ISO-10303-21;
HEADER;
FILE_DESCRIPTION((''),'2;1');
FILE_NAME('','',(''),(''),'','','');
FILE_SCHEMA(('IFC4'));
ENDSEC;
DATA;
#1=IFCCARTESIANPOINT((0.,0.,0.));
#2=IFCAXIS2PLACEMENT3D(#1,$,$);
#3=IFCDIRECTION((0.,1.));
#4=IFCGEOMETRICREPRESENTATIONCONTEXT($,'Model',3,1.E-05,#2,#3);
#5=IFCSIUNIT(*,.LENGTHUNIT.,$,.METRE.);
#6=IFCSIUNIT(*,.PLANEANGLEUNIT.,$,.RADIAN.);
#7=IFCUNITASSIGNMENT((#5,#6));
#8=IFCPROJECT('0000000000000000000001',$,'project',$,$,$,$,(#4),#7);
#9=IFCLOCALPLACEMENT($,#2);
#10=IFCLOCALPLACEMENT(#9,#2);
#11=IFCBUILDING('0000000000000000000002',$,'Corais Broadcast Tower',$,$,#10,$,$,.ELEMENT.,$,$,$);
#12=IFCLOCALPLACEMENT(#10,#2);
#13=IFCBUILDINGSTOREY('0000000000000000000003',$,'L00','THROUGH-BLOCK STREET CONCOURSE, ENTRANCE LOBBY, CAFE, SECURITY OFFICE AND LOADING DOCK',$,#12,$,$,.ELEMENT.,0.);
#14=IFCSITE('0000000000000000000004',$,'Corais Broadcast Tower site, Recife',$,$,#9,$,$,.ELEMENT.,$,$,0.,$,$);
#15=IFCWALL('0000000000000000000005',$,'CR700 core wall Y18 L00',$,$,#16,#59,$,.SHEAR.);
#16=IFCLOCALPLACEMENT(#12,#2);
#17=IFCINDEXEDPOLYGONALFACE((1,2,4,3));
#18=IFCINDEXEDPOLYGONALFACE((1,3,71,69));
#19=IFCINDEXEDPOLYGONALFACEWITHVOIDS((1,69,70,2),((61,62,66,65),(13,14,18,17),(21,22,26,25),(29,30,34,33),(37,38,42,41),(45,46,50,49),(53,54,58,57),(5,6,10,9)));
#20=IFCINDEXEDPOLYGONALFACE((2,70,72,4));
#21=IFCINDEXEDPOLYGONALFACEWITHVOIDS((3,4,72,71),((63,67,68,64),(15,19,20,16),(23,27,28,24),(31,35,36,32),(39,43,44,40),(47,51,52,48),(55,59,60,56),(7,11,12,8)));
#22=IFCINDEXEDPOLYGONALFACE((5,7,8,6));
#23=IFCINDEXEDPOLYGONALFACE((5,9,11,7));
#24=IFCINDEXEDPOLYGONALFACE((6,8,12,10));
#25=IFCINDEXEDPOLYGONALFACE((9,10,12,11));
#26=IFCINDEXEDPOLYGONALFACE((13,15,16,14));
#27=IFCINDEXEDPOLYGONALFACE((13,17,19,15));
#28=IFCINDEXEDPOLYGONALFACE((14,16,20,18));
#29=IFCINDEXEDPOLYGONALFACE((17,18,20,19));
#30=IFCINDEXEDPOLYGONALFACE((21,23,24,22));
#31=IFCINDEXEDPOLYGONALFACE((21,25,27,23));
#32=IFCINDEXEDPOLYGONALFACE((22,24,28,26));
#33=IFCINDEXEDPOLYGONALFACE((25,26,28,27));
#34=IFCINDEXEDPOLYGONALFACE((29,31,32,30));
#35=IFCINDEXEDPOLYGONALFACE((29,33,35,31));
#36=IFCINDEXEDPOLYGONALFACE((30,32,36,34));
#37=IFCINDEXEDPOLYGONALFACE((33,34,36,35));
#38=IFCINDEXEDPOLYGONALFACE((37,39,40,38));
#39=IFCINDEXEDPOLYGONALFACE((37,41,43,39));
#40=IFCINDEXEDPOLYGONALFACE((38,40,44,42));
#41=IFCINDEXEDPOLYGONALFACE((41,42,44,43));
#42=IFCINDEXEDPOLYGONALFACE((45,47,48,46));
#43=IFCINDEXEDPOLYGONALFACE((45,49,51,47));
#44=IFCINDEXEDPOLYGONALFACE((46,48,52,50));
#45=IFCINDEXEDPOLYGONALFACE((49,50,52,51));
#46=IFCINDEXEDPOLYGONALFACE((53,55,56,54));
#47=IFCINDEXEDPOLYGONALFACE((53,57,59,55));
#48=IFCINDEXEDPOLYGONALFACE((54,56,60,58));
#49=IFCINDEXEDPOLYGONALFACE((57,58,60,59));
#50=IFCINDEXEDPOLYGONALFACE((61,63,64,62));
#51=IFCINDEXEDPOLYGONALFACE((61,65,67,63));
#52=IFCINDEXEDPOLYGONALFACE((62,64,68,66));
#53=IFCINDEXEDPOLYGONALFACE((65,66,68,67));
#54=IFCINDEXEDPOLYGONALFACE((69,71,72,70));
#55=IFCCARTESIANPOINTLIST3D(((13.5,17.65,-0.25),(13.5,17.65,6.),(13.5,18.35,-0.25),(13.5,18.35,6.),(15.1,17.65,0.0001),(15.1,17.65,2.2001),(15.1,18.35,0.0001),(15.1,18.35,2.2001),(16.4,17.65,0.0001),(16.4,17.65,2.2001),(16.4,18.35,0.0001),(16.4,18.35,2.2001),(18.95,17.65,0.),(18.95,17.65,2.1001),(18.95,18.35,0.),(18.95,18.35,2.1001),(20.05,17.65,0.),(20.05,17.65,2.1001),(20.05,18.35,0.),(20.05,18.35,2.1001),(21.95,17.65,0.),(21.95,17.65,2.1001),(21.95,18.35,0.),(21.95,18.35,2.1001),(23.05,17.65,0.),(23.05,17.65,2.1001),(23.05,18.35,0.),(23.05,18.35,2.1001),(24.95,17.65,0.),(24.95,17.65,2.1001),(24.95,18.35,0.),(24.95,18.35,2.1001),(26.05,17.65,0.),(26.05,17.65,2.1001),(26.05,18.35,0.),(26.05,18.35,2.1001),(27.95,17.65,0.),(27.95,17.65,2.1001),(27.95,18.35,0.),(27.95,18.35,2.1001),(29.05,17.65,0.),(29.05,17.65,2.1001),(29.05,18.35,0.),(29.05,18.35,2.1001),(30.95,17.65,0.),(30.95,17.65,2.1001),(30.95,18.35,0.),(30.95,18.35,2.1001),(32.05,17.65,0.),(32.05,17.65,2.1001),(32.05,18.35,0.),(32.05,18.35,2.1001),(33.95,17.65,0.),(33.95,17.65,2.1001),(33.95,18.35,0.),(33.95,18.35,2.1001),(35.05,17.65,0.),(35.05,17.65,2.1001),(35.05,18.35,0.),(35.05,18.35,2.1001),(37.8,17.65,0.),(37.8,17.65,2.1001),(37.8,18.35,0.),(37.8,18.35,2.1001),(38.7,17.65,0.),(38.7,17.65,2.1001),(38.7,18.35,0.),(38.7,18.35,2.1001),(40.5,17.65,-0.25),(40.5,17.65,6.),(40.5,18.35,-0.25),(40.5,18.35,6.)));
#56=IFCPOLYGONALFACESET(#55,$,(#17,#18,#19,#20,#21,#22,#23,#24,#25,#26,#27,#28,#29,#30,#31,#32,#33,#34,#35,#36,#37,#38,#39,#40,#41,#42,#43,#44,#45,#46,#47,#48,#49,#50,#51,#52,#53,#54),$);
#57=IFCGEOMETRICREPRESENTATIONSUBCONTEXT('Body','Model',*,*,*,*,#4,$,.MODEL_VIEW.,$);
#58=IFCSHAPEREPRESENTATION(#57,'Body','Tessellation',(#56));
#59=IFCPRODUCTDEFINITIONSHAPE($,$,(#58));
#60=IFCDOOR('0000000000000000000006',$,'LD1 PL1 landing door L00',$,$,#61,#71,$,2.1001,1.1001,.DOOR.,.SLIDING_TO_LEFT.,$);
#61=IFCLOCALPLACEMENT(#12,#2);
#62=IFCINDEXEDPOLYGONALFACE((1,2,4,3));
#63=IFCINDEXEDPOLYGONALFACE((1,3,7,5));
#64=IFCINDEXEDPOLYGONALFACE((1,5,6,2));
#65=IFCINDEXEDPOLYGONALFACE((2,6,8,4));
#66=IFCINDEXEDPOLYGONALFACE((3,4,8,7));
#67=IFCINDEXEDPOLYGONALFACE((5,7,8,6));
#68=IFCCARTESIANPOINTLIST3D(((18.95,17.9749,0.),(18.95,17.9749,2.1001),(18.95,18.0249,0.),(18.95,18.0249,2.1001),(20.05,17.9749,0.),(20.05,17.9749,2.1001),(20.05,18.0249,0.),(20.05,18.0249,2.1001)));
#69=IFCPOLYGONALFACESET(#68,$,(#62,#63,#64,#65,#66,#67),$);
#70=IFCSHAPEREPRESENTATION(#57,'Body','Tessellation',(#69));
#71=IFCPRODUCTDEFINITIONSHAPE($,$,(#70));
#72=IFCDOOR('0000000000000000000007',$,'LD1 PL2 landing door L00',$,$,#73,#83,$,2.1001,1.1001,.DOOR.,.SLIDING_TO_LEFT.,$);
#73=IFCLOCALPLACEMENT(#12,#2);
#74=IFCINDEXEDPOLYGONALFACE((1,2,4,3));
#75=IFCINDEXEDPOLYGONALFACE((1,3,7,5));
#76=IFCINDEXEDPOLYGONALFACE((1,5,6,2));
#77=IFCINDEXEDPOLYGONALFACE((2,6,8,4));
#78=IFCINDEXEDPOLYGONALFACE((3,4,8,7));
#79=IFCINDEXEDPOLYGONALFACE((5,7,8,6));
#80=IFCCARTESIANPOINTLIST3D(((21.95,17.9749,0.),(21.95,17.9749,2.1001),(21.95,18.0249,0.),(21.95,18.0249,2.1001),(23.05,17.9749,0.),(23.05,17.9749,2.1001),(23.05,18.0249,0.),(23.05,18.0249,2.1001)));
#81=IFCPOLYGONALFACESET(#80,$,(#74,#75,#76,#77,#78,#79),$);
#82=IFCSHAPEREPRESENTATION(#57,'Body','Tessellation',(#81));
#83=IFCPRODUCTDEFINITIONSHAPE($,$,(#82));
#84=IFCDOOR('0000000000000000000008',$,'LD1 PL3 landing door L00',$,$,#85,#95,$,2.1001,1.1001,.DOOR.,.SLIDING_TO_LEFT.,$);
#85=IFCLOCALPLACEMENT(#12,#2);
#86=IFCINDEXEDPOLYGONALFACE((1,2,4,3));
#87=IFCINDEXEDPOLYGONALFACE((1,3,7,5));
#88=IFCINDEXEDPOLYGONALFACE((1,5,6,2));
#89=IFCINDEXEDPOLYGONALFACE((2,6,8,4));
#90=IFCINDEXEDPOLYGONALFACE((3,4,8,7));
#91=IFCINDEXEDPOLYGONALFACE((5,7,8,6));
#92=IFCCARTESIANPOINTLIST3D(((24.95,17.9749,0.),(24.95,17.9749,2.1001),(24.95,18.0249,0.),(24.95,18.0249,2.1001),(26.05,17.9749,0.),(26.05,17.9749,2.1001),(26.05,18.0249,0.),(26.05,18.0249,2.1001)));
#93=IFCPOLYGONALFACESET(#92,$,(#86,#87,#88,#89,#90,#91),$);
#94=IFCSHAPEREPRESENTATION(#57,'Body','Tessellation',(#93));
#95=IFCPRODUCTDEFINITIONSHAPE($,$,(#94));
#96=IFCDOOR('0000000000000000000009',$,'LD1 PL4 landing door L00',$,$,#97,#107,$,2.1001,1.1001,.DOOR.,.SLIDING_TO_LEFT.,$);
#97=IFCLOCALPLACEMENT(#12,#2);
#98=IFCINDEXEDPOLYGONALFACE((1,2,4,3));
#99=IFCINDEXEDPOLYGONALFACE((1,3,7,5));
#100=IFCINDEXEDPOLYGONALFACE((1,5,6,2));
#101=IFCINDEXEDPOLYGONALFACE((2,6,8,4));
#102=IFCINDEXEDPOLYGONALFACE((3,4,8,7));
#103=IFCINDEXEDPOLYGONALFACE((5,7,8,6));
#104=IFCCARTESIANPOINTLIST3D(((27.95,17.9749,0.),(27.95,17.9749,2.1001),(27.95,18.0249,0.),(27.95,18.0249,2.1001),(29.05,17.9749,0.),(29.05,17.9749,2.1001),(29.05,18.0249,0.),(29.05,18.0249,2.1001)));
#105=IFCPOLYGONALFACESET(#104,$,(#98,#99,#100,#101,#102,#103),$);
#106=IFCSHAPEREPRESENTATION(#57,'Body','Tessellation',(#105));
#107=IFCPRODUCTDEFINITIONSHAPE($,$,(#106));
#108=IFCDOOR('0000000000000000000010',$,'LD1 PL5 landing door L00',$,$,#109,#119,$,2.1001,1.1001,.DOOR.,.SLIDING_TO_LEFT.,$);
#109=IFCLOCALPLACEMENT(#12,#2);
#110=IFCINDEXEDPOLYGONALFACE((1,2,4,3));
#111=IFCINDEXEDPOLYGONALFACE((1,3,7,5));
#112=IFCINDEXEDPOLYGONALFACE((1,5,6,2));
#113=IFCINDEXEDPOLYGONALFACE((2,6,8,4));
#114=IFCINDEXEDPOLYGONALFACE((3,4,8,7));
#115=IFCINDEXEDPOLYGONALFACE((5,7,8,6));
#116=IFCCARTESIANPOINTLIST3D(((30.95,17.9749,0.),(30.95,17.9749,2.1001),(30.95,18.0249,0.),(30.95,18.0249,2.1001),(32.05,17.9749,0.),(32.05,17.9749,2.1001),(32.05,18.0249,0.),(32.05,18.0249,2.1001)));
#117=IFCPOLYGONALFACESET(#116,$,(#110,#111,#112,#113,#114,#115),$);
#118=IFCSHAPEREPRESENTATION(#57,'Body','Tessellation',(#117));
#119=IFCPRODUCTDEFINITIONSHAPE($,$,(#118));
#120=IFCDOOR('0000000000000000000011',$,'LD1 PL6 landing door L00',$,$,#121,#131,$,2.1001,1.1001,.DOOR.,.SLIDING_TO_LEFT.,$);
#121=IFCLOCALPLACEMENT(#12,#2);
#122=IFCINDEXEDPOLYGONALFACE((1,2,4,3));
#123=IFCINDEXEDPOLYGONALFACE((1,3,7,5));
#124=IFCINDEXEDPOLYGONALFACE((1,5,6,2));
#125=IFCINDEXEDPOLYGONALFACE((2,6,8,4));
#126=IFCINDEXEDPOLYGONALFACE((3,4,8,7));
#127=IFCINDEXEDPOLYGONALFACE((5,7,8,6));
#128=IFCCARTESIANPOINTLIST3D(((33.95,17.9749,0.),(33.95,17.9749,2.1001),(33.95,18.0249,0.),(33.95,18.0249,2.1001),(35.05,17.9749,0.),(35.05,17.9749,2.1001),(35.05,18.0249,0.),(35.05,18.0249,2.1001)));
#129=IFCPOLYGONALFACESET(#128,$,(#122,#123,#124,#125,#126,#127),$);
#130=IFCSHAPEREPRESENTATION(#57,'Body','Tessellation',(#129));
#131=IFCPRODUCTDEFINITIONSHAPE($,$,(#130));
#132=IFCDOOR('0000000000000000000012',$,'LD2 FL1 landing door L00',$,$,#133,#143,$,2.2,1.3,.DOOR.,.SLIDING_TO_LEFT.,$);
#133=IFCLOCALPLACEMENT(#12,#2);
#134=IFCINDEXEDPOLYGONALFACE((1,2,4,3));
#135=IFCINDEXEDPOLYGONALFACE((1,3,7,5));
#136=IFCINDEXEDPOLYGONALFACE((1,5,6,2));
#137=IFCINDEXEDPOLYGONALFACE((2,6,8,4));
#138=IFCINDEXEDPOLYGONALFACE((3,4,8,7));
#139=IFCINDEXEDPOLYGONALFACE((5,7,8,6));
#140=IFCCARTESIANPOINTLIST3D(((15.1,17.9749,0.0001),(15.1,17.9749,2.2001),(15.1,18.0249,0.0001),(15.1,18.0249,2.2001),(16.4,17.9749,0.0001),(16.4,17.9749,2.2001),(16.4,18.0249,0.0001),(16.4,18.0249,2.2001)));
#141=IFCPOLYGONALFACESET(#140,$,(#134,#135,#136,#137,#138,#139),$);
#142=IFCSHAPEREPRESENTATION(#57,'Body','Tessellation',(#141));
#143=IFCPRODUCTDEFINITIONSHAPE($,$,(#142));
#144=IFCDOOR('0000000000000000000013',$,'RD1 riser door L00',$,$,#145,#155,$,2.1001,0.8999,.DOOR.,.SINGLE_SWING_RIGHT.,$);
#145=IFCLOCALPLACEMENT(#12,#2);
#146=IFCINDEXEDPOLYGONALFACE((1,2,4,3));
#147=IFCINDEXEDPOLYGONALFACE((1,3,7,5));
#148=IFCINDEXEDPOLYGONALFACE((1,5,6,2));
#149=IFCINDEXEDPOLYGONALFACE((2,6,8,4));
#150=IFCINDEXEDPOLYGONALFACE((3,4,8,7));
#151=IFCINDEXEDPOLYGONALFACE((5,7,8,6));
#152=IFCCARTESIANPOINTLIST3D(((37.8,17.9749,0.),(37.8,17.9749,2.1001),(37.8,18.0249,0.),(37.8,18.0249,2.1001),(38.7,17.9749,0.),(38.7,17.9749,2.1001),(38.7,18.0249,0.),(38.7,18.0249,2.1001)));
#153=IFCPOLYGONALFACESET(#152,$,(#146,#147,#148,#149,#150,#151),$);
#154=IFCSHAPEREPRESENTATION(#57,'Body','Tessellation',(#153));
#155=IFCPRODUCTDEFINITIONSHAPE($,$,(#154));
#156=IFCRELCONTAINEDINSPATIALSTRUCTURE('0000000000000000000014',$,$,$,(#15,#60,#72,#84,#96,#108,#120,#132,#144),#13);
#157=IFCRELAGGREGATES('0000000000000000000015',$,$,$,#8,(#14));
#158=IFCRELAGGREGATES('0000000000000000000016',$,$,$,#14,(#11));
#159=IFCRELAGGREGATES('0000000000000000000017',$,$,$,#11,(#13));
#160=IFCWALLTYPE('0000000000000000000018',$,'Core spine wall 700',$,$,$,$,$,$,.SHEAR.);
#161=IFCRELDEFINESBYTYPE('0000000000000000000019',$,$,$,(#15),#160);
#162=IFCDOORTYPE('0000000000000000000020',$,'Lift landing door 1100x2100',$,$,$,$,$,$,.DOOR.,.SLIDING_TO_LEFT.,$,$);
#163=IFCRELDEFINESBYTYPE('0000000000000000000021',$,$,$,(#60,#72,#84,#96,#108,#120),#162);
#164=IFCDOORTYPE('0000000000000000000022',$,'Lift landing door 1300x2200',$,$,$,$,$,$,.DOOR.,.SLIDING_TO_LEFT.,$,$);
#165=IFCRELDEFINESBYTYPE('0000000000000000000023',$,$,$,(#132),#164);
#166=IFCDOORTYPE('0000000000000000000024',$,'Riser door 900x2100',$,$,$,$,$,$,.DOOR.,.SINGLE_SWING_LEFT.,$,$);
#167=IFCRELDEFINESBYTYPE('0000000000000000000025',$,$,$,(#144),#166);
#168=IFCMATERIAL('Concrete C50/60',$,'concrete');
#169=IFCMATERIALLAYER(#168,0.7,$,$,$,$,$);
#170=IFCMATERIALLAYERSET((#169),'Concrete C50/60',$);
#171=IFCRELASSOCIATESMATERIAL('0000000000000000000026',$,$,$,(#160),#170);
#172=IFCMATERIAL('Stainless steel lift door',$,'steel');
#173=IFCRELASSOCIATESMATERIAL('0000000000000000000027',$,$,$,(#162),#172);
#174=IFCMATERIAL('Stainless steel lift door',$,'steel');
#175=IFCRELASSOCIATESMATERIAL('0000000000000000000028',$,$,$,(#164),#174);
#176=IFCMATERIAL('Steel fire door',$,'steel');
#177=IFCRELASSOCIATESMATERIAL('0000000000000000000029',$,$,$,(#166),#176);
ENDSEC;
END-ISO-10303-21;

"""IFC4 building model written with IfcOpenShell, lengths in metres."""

from ifc_helpers import new_model, si_unit, direction, frame, frame_2d, origin, place, context, subcontext, project, spatial, rectangle, extrude, material, layer, layer_set, type_object, element, fill, save


model = new_model("IFC4")

# Units and contexts
model_context = context("Model", 3, precision=1e-05, world=origin(), true_north=direction((0.0, 1.0)))
body_context = subcontext(model_context, "Body", "Model", "MODEL_VIEW")
ifc_project = project(units=[si_unit("LENGTHUNIT", "METRE"), si_unit("PLANEANGLEUNIT", "RADIAN")], contexts=[model_context])

# Site, building, storey
site_placement = place(None, origin())
site = spatial("IfcSite", under=ifc_project, at=site_placement, Name="Corais Broadcast Tower site, Recife", CompositionType="ELEMENT", RefElevation=0.0)
building_placement = place(site_placement, origin())
building = spatial("IfcBuilding", under=site, at=building_placement, Name="Corais Broadcast Tower", CompositionType="ELEMENT")
storey_placement = place(building_placement, origin())
storey = spatial("IfcBuildingStorey", under=building, at=storey_placement, Name="L00", Description="THROUGH-BLOCK STREET CONCOURSE, ENTRANCE LOBBY, CAFE, SECURITY OFFICE AND LOADING DOCK", CompositionType="ELEMENT", Elevation=0.0)

# Wall, openings, doors
ifc_material_1 = material(Name="Concrete C50/60", Category="concrete")
ifc_layer_1 = layer(ifc_material_1, 0.7)
ifc_layer_set_1 = layer_set([ifc_layer_1], Name="Concrete C50/60")
wall_type_1 = type_object("IfcWallType", Name="Core spine wall 700", PredefinedType="SHEAR", material=ifc_layer_set_1)
wall_1_placement = place(storey_placement, frame((13.5, 18.0, -0.25), z_axis=(0.0, 0.0, 1.0), x_axis=(1.0, 0.0, 0.0)))
wall_1 = element("IfcWall", 1, at=wall_1_placement, inside=storey, type_object=wall_type_1, Name="CR700 core wall Y18 L00", PredefinedType="SHEAR", context=body_context, shape_type="SweptSolid", body=[
    extrude(rectangle(XDim=27.0, YDim=0.7, at=frame_2d((13.5, 0.0))), origin(), (0.0, 0.0, 1.0), 6.25),
])
opening_1_placement = place(wall_1_placement, frame((24.3, 0.0, 0.25)))
opening_1 = element("IfcOpeningElement", 2, at=opening_1_placement, cuts=wall_1, PredefinedType="OPENING", context=body_context, shape_type="SweptSolid", body=[
    extrude(rectangle(XDim=0.8999, YDim=2.1001, at=frame_2d((0.45, 1.05))), frame((0.0, 0.3599, 0.0), z_axis=(0.0, -1.0, 0.0), x_axis=(1.0, 0.0, 0.0)), (0.0, 0.0, 1.0), 0.72),
])
opening_2_placement = place(wall_1_placement, frame((5.45, 0.0, 0.25)))
opening_2 = element("IfcOpeningElement", 3, at=opening_2_placement, cuts=wall_1, PredefinedType="OPENING", context=body_context, shape_type="SweptSolid", body=[
    extrude(rectangle(XDim=1.1001, YDim=2.1001, at=frame_2d((0.55, 1.05))), frame((0.0, 0.3599, 0.0), z_axis=(0.0, -1.0, 0.0), x_axis=(1.0, 0.0, 0.0)), (0.0, 0.0, 1.0), 0.72),
])
opening_3_placement = place(wall_1_placement, frame((8.45, 0.0, 0.25)))
opening_3 = element("IfcOpeningElement", 4, at=opening_3_placement, cuts=wall_1, PredefinedType="OPENING", context=body_context, shape_type="SweptSolid", body=[
    extrude(rectangle(XDim=1.1001, YDim=2.1001, at=frame_2d((0.55, 1.05))), frame((0.0, 0.3599, 0.0), z_axis=(0.0, -1.0, 0.0), x_axis=(1.0, 0.0, 0.0)), (0.0, 0.0, 1.0), 0.72),
])
opening_4_placement = place(wall_1_placement, frame((11.45, 0.0, 0.25)))
opening_4 = element("IfcOpeningElement", 5, at=opening_4_placement, cuts=wall_1, PredefinedType="OPENING", context=body_context, shape_type="SweptSolid", body=[
    extrude(rectangle(XDim=1.1001, YDim=2.1001, at=frame_2d((0.55, 1.05))), frame((0.0, 0.3599, 0.0), z_axis=(0.0, -1.0, 0.0), x_axis=(1.0, 0.0, 0.0)), (0.0, 0.0, 1.0), 0.72),
])
opening_5_placement = place(wall_1_placement, frame((14.45, 0.0, 0.25)))
opening_5 = element("IfcOpeningElement", 6, at=opening_5_placement, cuts=wall_1, PredefinedType="OPENING", context=body_context, shape_type="SweptSolid", body=[
    extrude(rectangle(XDim=1.1001, YDim=2.1001, at=frame_2d((0.55, 1.05))), frame((0.0, 0.3599, 0.0), z_axis=(0.0, -1.0, 0.0), x_axis=(1.0, 0.0, 0.0)), (0.0, 0.0, 1.0), 0.72),
])
opening_6_placement = place(wall_1_placement, frame((17.45, 0.0, 0.25)))
opening_6 = element("IfcOpeningElement", 7, at=opening_6_placement, cuts=wall_1, PredefinedType="OPENING", context=body_context, shape_type="SweptSolid", body=[
    extrude(rectangle(XDim=1.1001, YDim=2.1001, at=frame_2d((0.55, 1.05))), frame((0.0, 0.3599, 0.0), z_axis=(0.0, -1.0, 0.0), x_axis=(1.0, 0.0, 0.0)), (0.0, 0.0, 1.0), 0.72),
])
opening_7_placement = place(wall_1_placement, frame((20.45, 0.0, 0.25)))
opening_7 = element("IfcOpeningElement", 8, at=opening_7_placement, cuts=wall_1, PredefinedType="OPENING", context=body_context, shape_type="SweptSolid", body=[
    extrude(rectangle(XDim=1.1001, YDim=2.1001, at=frame_2d((0.55, 1.05))), frame((0.0, 0.3599, 0.0), z_axis=(0.0, -1.0, 0.0), x_axis=(1.0, 0.0, 0.0)), (0.0, 0.0, 1.0), 0.72),
])
opening_8_placement = place(wall_1_placement, frame((1.6001, 0.0, 0.25)))
opening_8 = element("IfcOpeningElement", 9, at=opening_8_placement, cuts=wall_1, PredefinedType="OPENING", context=body_context, shape_type="SweptSolid", body=[
    extrude(rectangle(XDim=1.3, YDim=2.2, at=frame_2d((0.6499, 1.1001))), frame((0.0, 0.3599, 0.0), z_axis=(0.0, -1.0, 0.0), x_axis=(1.0, 0.0, 0.0)), (0.0, 0.0, 1.0), 0.72),
])
ifc_material_2 = material(Name="Stainless steel lift door", Category="steel")
door_type_1 = type_object("IfcDoorType", Name="Lift landing door 1100x2100", OperationType="SLIDING_TO_LEFT", PredefinedType="DOOR", material=ifc_material_2)
door_1_placement = place(opening_2_placement, origin())
door_1 = element("IfcDoor", 10, at=door_1_placement, inside=storey, type_object=door_type_1, Name="LD1 PL1 landing door L00", OperationType="SLIDING_TO_LEFT", OverallHeight=2.1001, OverallWidth=1.1001, PredefinedType="DOOR", context=body_context, shape_type="SweptSolid", body=[
    extrude(rectangle(XDim=1.1001, YDim=2.1001, at=frame_2d((0.55, 1.05))), frame((0.0, 0.0249, 0.0), z_axis=(0.0, -1.0, 0.0), x_axis=(1.0, 0.0, 0.0)), (0.0, 0.0, 1.0), 0.05),
])
fill(opening_2, door_1)
door_2_placement = place(opening_3_placement, origin())
door_2 = element("IfcDoor", 11, at=door_2_placement, inside=storey, type_object=door_type_1, Name="LD1 PL2 landing door L00", OperationType="SLIDING_TO_LEFT", OverallHeight=2.1001, OverallWidth=1.1001, PredefinedType="DOOR", context=body_context, shape_type="SweptSolid", body=[
    extrude(rectangle(XDim=1.1001, YDim=2.1001, at=frame_2d((0.55, 1.05))), frame((0.0, 0.0249, 0.0), z_axis=(0.0, -1.0, 0.0), x_axis=(1.0, 0.0, 0.0)), (0.0, 0.0, 1.0), 0.05),
])
fill(opening_3, door_2)
door_3_placement = place(opening_4_placement, origin())
door_3 = element("IfcDoor", 12, at=door_3_placement, inside=storey, type_object=door_type_1, Name="LD1 PL3 landing door L00", OperationType="SLIDING_TO_LEFT", OverallHeight=2.1001, OverallWidth=1.1001, PredefinedType="DOOR", context=body_context, shape_type="SweptSolid", body=[
    extrude(rectangle(XDim=1.1001, YDim=2.1001, at=frame_2d((0.55, 1.05))), frame((0.0, 0.0249, 0.0), z_axis=(0.0, -1.0, 0.0), x_axis=(1.0, 0.0, 0.0)), (0.0, 0.0, 1.0), 0.05),
])
fill(opening_4, door_3)
door_4_placement = place(opening_5_placement, origin())
door_4 = element("IfcDoor", 13, at=door_4_placement, inside=storey, type_object=door_type_1, Name="LD1 PL4 landing door L00", OperationType="SLIDING_TO_LEFT", OverallHeight=2.1001, OverallWidth=1.1001, PredefinedType="DOOR", context=body_context, shape_type="SweptSolid", body=[
    extrude(rectangle(XDim=1.1001, YDim=2.1001, at=frame_2d((0.55, 1.05))), frame((0.0, 0.0249, 0.0), z_axis=(0.0, -1.0, 0.0), x_axis=(1.0, 0.0, 0.0)), (0.0, 0.0, 1.0), 0.05),
])
fill(opening_5, door_4)
door_5_placement = place(opening_6_placement, origin())
door_5 = element("IfcDoor", 14, at=door_5_placement, inside=storey, type_object=door_type_1, Name="LD1 PL5 landing door L00", OperationType="SLIDING_TO_LEFT", OverallHeight=2.1001, OverallWidth=1.1001, PredefinedType="DOOR", context=body_context, shape_type="SweptSolid", body=[
    extrude(rectangle(XDim=1.1001, YDim=2.1001, at=frame_2d((0.55, 1.05))), frame((0.0, 0.0249, 0.0), z_axis=(0.0, -1.0, 0.0), x_axis=(1.0, 0.0, 0.0)), (0.0, 0.0, 1.0), 0.05),
])
fill(opening_6, door_5)
door_6_placement = place(opening_7_placement, origin())
door_6 = element("IfcDoor", 15, at=door_6_placement, inside=storey, type_object=door_type_1, Name="LD1 PL6 landing door L00", OperationType="SLIDING_TO_LEFT", OverallHeight=2.1001, OverallWidth=1.1001, PredefinedType="DOOR", context=body_context, shape_type="SweptSolid", body=[
    extrude(rectangle(XDim=1.1001, YDim=2.1001, at=frame_2d((0.55, 1.05))), frame((0.0, 0.0249, 0.0), z_axis=(0.0, -1.0, 0.0), x_axis=(1.0, 0.0, 0.0)), (0.0, 0.0, 1.0), 0.05),
])
fill(opening_7, door_6)
ifc_material_3 = material(Name="Stainless steel lift door", Category="steel")
door_type_2 = type_object("IfcDoorType", Name="Lift landing door 1300x2200", OperationType="SLIDING_TO_LEFT", PredefinedType="DOOR", material=ifc_material_3)
door_7_placement = place(opening_8_placement, origin())
door_7 = element("IfcDoor", 16, at=door_7_placement, inside=storey, type_object=door_type_2, Name="LD2 FL1 landing door L00", OperationType="SLIDING_TO_LEFT", OverallHeight=2.2, OverallWidth=1.3, PredefinedType="DOOR", context=body_context, shape_type="SweptSolid", body=[
    extrude(rectangle(XDim=1.3, YDim=2.2, at=frame_2d((0.6499, 1.1001))), frame((0.0, 0.0249, 0.0), z_axis=(0.0, -1.0, 0.0), x_axis=(1.0, 0.0, 0.0)), (0.0, 0.0, 1.0), 0.05),
])
fill(opening_8, door_7)
ifc_material_4 = material(Name="Steel fire door", Category="steel")
door_type_3 = type_object("IfcDoorType", Name="Riser door 900x2100", OperationType="SINGLE_SWING_LEFT", PredefinedType="DOOR", material=ifc_material_4)
door_8_placement = place(opening_1_placement, origin())
door_8 = element("IfcDoor", 17, at=door_8_placement, inside=storey, type_object=door_type_3, Name="RD1 riser door L00", OperationType="SINGLE_SWING_RIGHT", OverallHeight=2.1001, OverallWidth=0.8999, PredefinedType="DOOR", context=body_context, shape_type="SweptSolid", body=[
    extrude(rectangle(XDim=0.8999, YDim=2.1001, at=frame_2d((0.45, 1.05))), frame((0.0, 0.0249, 0.0), z_axis=(0.0, -1.0, 0.0), x_axis=(1.0, 0.0, 0.0)), (0.0, 0.0, 1.0), 0.05),
])
fill(opening_1, door_8)

save(model, "model.ifc")
